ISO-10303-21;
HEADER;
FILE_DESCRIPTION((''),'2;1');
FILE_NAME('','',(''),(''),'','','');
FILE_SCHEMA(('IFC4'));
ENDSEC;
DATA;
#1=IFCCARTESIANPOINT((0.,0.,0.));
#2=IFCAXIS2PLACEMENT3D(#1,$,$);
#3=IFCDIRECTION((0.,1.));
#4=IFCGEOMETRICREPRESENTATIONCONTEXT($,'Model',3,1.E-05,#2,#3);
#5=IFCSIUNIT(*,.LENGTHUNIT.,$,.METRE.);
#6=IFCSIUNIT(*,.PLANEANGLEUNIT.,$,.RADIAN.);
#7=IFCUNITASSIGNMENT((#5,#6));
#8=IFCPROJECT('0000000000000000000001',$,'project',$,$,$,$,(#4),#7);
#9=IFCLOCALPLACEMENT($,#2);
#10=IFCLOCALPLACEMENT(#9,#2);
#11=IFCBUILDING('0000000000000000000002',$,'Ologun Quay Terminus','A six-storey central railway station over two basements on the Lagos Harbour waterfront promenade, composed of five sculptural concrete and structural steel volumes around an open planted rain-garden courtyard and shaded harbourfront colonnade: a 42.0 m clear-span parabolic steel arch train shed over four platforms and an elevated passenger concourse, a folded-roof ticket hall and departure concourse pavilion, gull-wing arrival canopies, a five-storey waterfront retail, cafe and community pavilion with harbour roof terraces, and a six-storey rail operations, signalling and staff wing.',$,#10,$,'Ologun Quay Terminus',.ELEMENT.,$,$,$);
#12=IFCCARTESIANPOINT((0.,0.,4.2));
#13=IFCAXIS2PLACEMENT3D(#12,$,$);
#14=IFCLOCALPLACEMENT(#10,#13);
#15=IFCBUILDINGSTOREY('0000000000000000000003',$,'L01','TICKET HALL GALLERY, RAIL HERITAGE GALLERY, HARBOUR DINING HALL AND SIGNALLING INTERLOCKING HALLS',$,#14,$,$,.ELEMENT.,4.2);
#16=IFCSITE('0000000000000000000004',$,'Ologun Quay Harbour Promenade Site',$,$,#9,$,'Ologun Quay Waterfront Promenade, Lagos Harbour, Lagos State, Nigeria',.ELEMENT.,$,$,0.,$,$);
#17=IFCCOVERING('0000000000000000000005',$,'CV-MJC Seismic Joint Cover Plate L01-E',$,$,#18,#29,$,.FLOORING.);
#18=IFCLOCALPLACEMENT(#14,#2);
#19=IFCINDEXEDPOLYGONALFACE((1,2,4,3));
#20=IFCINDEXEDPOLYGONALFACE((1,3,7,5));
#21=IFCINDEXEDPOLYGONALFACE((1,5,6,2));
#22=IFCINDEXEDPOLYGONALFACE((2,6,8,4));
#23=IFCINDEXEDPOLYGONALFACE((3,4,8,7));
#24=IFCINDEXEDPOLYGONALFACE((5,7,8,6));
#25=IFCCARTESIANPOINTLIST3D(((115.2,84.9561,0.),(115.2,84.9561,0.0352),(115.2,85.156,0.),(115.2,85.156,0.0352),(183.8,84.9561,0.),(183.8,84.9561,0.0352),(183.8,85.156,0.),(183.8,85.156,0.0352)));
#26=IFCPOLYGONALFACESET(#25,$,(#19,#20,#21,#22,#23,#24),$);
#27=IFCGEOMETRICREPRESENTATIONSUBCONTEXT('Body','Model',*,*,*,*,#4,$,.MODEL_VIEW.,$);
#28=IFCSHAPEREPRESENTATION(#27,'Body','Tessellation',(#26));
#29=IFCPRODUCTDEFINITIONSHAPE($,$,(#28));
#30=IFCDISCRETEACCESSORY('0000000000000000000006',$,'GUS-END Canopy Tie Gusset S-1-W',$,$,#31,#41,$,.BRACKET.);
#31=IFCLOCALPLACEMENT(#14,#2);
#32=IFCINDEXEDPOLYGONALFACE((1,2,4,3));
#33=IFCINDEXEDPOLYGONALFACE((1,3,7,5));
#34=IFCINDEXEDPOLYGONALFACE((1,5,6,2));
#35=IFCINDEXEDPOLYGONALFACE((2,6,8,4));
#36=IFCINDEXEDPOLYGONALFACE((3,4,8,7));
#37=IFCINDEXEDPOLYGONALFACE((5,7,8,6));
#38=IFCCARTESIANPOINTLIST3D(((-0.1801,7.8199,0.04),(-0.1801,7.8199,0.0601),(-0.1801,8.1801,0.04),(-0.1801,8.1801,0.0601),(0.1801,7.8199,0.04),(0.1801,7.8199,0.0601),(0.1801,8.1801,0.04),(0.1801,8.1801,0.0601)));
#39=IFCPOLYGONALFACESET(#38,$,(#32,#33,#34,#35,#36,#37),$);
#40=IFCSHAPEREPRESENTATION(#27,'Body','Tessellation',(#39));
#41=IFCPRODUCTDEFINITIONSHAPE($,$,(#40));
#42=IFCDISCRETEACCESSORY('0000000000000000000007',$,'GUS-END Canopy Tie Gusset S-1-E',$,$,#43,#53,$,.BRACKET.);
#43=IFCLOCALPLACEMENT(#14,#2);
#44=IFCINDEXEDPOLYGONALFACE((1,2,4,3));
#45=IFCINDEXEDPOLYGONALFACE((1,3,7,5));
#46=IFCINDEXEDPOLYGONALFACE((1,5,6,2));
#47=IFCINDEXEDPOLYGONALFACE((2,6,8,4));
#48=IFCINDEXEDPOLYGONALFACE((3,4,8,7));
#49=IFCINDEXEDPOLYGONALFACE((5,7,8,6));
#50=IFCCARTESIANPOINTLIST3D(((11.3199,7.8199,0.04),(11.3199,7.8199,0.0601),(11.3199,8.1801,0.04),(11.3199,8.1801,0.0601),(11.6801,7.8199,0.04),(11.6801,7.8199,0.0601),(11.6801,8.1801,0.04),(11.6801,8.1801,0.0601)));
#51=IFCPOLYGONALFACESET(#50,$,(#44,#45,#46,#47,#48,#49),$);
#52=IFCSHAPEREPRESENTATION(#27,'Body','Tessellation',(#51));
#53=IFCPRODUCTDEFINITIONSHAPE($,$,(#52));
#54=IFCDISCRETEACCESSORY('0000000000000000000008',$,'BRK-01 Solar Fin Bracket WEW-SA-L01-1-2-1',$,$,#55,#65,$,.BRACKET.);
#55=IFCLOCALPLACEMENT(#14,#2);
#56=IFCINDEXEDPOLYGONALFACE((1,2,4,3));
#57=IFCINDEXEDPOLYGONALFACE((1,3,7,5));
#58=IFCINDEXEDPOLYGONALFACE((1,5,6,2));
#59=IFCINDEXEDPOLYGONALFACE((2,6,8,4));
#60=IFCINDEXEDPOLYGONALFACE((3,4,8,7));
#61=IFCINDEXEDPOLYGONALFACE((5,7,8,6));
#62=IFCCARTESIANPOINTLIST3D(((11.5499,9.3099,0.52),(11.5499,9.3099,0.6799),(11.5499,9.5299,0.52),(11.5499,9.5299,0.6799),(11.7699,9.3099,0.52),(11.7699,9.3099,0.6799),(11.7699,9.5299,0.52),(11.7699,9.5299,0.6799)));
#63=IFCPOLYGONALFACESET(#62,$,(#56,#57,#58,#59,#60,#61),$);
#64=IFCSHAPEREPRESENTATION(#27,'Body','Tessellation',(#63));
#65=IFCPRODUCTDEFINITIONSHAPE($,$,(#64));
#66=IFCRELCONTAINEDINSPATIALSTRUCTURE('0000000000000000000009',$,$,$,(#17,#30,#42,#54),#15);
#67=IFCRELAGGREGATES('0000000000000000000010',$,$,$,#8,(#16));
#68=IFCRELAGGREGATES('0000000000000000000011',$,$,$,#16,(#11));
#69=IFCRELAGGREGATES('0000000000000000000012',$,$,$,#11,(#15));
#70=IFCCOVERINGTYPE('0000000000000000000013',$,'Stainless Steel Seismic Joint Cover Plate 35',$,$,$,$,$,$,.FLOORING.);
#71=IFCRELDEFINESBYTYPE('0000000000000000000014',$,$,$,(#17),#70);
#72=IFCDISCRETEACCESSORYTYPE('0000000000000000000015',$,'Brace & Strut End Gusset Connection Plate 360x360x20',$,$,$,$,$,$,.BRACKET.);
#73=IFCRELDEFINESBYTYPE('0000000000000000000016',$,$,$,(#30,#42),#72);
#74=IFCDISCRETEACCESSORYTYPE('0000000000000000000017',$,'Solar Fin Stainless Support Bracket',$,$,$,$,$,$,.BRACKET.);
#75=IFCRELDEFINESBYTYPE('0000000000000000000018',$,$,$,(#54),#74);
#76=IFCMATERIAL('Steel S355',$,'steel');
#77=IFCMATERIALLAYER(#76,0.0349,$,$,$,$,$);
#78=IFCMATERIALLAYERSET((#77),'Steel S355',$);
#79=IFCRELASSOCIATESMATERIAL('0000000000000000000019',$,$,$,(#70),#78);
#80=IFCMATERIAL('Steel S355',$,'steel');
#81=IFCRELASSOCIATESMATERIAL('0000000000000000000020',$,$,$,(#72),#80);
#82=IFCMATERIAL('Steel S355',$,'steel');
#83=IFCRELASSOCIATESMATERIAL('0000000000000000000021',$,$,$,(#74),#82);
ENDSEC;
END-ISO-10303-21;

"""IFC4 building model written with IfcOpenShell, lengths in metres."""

from ifc_helpers import new_model, si_unit, direction, frame, origin, origin_2d, place, context, subcontext, project, spatial, polyline, rectangle, outline, extrude, material, layer, layer_set, type_object, element, save


model = new_model("IFC4")

# Units and contexts
model_context = context("Model", 3, precision=1e-05, world=origin(), true_north=direction((0.0, 1.0)))
body_context = subcontext(model_context, "Body", "Model", "MODEL_VIEW")
ifc_project = project(units=[si_unit("LENGTHUNIT", "METRE"), si_unit("PLANEANGLEUNIT", "RADIAN")], contexts=[model_context])

# Site, building, storey
site_placement = place(None, origin())
site = spatial("IfcSite", under=ifc_project, at=site_placement, Name="Ologun Quay Harbour Promenade Site", LongName="Ologun Quay Waterfront Promenade, Lagos Harbour, Lagos State, Nigeria", CompositionType="ELEMENT", RefElevation=0.0)
building_placement = place(site_placement, origin())
building = spatial("IfcBuilding", under=site, at=building_placement, Name="Ologun Quay Terminus", Description="A six-storey central railway station over two basements on the Lagos Harbour waterfront promenade, composed of five sculptural concrete and structural steel volumes around an open planted rain-garden courtyard and shaded harbourfront colonnade: a 42.0 m clear-span parabolic steel arch train shed over four platforms and an elevated passenger concourse, a folded-roof ticket hall and departure concourse pavilion, gull-wing arrival canopies, a five-storey waterfront retail, cafe and community pavilion with harbour roof terraces, and a six-storey rail operations, signalling and staff wing.", LongName="Ologun Quay Terminus", CompositionType="ELEMENT")
storey_placement = place(building_placement, frame((0.0, 0.0, 4.2)))
storey = spatial("IfcBuildingStorey", under=building, at=storey_placement, Name="L01", Description="TICKET HALL GALLERY, RAIL HERITAGE GALLERY, HARBOUR DINING HALL AND SIGNALLING INTERLOCKING HALLS", CompositionType="ELEMENT", Elevation=4.2)

# Covering
ifc_material_1 = material(Name="Steel S355", Category="steel")
ifc_layer_1 = layer(ifc_material_1, 0.0349)
ifc_layer_set_1 = layer_set([ifc_layer_1], Name="Steel S355")
covering_type_1 = type_object("IfcCoveringType", Name="Stainless Steel Seismic Joint Cover Plate 35", PredefinedType="FLOORING", material=ifc_layer_set_1)
covering_1_placement = place(storey_placement, origin())
element("IfcCovering", 1, at=covering_1_placement, inside=storey, type_object=covering_type_1, Name="CV-MJC Seismic Joint Cover Plate L01-E", PredefinedType="FLOORING", context=body_context, shape_type="SweptSolid", body=[
    extrude(outline(polyline([(115.2, 84.9561), (183.8, 84.9561), (183.8, 85.156), (115.2, 85.156), (115.2, 84.9561)])), origin(), (0.0, 0.0, 1.0), 0.0352),
])

# Discrete accessories
ifc_material_2 = material(Name="Steel S355", Category="steel")
discrete_accessory_type_1 = type_object("IfcDiscreteAccessoryType", Name="Brace & Strut End Gusset Connection Plate 360x360x20", PredefinedType="BRACKET", material=ifc_material_2)
for number, where, z_axis, x_axis, name in (
    (2, (0.0, 8.0, 0.04), (0.0, 0.0, 1.0), (1.0, 0.0, 0.0), "GUS-END Canopy Tie Gusset S-1-W"),
    (3, (11.5, 8.0, 0.04), (0.0, 0.0, 1.0), (1.0, 0.0, 0.0), "GUS-END Canopy Tie Gusset S-1-E"),
):
    element("IfcDiscreteAccessory", number, at=place(storey_placement, frame(where, z_axis=z_axis, x_axis=x_axis)), inside=storey, type_object=discrete_accessory_type_1, Name=name, PredefinedType="BRACKET", context=body_context, shape_type="SweptSolid", body=[
        extrude(rectangle(XDim=0.3601, YDim=0.3601, at=origin_2d()), origin(), (0.0, 0.0, 1.0), 0.02),
    ])
ifc_material_3 = material(Name="Steel S355", Category="steel")
discrete_accessory_type_2 = type_object("IfcDiscreteAccessoryType", Name="Solar Fin Stainless Support Bracket", PredefinedType="BRACKET", material=ifc_material_3)
discrete_accessory_placement = place(storey_placement, frame((11.6599, 9.4199, 0.52), z_axis=(0.0, 0.0, 1.0), x_axis=(1.0, 0.0, 0.0)))
element("IfcDiscreteAccessory", 4, at=discrete_accessory_placement, inside=storey, type_object=discrete_accessory_type_2, Name="BRK-01 Solar Fin Bracket WEW-SA-L01-1-2-1", PredefinedType="BRACKET", context=body_context, shape_type="SweptSolid", body=[
    extrude(rectangle(XDim=0.22, YDim=0.22, at=origin_2d()), origin(), (0.0, 0.0, 1.0), 0.1599),
])

save(model, "model.ifc")
